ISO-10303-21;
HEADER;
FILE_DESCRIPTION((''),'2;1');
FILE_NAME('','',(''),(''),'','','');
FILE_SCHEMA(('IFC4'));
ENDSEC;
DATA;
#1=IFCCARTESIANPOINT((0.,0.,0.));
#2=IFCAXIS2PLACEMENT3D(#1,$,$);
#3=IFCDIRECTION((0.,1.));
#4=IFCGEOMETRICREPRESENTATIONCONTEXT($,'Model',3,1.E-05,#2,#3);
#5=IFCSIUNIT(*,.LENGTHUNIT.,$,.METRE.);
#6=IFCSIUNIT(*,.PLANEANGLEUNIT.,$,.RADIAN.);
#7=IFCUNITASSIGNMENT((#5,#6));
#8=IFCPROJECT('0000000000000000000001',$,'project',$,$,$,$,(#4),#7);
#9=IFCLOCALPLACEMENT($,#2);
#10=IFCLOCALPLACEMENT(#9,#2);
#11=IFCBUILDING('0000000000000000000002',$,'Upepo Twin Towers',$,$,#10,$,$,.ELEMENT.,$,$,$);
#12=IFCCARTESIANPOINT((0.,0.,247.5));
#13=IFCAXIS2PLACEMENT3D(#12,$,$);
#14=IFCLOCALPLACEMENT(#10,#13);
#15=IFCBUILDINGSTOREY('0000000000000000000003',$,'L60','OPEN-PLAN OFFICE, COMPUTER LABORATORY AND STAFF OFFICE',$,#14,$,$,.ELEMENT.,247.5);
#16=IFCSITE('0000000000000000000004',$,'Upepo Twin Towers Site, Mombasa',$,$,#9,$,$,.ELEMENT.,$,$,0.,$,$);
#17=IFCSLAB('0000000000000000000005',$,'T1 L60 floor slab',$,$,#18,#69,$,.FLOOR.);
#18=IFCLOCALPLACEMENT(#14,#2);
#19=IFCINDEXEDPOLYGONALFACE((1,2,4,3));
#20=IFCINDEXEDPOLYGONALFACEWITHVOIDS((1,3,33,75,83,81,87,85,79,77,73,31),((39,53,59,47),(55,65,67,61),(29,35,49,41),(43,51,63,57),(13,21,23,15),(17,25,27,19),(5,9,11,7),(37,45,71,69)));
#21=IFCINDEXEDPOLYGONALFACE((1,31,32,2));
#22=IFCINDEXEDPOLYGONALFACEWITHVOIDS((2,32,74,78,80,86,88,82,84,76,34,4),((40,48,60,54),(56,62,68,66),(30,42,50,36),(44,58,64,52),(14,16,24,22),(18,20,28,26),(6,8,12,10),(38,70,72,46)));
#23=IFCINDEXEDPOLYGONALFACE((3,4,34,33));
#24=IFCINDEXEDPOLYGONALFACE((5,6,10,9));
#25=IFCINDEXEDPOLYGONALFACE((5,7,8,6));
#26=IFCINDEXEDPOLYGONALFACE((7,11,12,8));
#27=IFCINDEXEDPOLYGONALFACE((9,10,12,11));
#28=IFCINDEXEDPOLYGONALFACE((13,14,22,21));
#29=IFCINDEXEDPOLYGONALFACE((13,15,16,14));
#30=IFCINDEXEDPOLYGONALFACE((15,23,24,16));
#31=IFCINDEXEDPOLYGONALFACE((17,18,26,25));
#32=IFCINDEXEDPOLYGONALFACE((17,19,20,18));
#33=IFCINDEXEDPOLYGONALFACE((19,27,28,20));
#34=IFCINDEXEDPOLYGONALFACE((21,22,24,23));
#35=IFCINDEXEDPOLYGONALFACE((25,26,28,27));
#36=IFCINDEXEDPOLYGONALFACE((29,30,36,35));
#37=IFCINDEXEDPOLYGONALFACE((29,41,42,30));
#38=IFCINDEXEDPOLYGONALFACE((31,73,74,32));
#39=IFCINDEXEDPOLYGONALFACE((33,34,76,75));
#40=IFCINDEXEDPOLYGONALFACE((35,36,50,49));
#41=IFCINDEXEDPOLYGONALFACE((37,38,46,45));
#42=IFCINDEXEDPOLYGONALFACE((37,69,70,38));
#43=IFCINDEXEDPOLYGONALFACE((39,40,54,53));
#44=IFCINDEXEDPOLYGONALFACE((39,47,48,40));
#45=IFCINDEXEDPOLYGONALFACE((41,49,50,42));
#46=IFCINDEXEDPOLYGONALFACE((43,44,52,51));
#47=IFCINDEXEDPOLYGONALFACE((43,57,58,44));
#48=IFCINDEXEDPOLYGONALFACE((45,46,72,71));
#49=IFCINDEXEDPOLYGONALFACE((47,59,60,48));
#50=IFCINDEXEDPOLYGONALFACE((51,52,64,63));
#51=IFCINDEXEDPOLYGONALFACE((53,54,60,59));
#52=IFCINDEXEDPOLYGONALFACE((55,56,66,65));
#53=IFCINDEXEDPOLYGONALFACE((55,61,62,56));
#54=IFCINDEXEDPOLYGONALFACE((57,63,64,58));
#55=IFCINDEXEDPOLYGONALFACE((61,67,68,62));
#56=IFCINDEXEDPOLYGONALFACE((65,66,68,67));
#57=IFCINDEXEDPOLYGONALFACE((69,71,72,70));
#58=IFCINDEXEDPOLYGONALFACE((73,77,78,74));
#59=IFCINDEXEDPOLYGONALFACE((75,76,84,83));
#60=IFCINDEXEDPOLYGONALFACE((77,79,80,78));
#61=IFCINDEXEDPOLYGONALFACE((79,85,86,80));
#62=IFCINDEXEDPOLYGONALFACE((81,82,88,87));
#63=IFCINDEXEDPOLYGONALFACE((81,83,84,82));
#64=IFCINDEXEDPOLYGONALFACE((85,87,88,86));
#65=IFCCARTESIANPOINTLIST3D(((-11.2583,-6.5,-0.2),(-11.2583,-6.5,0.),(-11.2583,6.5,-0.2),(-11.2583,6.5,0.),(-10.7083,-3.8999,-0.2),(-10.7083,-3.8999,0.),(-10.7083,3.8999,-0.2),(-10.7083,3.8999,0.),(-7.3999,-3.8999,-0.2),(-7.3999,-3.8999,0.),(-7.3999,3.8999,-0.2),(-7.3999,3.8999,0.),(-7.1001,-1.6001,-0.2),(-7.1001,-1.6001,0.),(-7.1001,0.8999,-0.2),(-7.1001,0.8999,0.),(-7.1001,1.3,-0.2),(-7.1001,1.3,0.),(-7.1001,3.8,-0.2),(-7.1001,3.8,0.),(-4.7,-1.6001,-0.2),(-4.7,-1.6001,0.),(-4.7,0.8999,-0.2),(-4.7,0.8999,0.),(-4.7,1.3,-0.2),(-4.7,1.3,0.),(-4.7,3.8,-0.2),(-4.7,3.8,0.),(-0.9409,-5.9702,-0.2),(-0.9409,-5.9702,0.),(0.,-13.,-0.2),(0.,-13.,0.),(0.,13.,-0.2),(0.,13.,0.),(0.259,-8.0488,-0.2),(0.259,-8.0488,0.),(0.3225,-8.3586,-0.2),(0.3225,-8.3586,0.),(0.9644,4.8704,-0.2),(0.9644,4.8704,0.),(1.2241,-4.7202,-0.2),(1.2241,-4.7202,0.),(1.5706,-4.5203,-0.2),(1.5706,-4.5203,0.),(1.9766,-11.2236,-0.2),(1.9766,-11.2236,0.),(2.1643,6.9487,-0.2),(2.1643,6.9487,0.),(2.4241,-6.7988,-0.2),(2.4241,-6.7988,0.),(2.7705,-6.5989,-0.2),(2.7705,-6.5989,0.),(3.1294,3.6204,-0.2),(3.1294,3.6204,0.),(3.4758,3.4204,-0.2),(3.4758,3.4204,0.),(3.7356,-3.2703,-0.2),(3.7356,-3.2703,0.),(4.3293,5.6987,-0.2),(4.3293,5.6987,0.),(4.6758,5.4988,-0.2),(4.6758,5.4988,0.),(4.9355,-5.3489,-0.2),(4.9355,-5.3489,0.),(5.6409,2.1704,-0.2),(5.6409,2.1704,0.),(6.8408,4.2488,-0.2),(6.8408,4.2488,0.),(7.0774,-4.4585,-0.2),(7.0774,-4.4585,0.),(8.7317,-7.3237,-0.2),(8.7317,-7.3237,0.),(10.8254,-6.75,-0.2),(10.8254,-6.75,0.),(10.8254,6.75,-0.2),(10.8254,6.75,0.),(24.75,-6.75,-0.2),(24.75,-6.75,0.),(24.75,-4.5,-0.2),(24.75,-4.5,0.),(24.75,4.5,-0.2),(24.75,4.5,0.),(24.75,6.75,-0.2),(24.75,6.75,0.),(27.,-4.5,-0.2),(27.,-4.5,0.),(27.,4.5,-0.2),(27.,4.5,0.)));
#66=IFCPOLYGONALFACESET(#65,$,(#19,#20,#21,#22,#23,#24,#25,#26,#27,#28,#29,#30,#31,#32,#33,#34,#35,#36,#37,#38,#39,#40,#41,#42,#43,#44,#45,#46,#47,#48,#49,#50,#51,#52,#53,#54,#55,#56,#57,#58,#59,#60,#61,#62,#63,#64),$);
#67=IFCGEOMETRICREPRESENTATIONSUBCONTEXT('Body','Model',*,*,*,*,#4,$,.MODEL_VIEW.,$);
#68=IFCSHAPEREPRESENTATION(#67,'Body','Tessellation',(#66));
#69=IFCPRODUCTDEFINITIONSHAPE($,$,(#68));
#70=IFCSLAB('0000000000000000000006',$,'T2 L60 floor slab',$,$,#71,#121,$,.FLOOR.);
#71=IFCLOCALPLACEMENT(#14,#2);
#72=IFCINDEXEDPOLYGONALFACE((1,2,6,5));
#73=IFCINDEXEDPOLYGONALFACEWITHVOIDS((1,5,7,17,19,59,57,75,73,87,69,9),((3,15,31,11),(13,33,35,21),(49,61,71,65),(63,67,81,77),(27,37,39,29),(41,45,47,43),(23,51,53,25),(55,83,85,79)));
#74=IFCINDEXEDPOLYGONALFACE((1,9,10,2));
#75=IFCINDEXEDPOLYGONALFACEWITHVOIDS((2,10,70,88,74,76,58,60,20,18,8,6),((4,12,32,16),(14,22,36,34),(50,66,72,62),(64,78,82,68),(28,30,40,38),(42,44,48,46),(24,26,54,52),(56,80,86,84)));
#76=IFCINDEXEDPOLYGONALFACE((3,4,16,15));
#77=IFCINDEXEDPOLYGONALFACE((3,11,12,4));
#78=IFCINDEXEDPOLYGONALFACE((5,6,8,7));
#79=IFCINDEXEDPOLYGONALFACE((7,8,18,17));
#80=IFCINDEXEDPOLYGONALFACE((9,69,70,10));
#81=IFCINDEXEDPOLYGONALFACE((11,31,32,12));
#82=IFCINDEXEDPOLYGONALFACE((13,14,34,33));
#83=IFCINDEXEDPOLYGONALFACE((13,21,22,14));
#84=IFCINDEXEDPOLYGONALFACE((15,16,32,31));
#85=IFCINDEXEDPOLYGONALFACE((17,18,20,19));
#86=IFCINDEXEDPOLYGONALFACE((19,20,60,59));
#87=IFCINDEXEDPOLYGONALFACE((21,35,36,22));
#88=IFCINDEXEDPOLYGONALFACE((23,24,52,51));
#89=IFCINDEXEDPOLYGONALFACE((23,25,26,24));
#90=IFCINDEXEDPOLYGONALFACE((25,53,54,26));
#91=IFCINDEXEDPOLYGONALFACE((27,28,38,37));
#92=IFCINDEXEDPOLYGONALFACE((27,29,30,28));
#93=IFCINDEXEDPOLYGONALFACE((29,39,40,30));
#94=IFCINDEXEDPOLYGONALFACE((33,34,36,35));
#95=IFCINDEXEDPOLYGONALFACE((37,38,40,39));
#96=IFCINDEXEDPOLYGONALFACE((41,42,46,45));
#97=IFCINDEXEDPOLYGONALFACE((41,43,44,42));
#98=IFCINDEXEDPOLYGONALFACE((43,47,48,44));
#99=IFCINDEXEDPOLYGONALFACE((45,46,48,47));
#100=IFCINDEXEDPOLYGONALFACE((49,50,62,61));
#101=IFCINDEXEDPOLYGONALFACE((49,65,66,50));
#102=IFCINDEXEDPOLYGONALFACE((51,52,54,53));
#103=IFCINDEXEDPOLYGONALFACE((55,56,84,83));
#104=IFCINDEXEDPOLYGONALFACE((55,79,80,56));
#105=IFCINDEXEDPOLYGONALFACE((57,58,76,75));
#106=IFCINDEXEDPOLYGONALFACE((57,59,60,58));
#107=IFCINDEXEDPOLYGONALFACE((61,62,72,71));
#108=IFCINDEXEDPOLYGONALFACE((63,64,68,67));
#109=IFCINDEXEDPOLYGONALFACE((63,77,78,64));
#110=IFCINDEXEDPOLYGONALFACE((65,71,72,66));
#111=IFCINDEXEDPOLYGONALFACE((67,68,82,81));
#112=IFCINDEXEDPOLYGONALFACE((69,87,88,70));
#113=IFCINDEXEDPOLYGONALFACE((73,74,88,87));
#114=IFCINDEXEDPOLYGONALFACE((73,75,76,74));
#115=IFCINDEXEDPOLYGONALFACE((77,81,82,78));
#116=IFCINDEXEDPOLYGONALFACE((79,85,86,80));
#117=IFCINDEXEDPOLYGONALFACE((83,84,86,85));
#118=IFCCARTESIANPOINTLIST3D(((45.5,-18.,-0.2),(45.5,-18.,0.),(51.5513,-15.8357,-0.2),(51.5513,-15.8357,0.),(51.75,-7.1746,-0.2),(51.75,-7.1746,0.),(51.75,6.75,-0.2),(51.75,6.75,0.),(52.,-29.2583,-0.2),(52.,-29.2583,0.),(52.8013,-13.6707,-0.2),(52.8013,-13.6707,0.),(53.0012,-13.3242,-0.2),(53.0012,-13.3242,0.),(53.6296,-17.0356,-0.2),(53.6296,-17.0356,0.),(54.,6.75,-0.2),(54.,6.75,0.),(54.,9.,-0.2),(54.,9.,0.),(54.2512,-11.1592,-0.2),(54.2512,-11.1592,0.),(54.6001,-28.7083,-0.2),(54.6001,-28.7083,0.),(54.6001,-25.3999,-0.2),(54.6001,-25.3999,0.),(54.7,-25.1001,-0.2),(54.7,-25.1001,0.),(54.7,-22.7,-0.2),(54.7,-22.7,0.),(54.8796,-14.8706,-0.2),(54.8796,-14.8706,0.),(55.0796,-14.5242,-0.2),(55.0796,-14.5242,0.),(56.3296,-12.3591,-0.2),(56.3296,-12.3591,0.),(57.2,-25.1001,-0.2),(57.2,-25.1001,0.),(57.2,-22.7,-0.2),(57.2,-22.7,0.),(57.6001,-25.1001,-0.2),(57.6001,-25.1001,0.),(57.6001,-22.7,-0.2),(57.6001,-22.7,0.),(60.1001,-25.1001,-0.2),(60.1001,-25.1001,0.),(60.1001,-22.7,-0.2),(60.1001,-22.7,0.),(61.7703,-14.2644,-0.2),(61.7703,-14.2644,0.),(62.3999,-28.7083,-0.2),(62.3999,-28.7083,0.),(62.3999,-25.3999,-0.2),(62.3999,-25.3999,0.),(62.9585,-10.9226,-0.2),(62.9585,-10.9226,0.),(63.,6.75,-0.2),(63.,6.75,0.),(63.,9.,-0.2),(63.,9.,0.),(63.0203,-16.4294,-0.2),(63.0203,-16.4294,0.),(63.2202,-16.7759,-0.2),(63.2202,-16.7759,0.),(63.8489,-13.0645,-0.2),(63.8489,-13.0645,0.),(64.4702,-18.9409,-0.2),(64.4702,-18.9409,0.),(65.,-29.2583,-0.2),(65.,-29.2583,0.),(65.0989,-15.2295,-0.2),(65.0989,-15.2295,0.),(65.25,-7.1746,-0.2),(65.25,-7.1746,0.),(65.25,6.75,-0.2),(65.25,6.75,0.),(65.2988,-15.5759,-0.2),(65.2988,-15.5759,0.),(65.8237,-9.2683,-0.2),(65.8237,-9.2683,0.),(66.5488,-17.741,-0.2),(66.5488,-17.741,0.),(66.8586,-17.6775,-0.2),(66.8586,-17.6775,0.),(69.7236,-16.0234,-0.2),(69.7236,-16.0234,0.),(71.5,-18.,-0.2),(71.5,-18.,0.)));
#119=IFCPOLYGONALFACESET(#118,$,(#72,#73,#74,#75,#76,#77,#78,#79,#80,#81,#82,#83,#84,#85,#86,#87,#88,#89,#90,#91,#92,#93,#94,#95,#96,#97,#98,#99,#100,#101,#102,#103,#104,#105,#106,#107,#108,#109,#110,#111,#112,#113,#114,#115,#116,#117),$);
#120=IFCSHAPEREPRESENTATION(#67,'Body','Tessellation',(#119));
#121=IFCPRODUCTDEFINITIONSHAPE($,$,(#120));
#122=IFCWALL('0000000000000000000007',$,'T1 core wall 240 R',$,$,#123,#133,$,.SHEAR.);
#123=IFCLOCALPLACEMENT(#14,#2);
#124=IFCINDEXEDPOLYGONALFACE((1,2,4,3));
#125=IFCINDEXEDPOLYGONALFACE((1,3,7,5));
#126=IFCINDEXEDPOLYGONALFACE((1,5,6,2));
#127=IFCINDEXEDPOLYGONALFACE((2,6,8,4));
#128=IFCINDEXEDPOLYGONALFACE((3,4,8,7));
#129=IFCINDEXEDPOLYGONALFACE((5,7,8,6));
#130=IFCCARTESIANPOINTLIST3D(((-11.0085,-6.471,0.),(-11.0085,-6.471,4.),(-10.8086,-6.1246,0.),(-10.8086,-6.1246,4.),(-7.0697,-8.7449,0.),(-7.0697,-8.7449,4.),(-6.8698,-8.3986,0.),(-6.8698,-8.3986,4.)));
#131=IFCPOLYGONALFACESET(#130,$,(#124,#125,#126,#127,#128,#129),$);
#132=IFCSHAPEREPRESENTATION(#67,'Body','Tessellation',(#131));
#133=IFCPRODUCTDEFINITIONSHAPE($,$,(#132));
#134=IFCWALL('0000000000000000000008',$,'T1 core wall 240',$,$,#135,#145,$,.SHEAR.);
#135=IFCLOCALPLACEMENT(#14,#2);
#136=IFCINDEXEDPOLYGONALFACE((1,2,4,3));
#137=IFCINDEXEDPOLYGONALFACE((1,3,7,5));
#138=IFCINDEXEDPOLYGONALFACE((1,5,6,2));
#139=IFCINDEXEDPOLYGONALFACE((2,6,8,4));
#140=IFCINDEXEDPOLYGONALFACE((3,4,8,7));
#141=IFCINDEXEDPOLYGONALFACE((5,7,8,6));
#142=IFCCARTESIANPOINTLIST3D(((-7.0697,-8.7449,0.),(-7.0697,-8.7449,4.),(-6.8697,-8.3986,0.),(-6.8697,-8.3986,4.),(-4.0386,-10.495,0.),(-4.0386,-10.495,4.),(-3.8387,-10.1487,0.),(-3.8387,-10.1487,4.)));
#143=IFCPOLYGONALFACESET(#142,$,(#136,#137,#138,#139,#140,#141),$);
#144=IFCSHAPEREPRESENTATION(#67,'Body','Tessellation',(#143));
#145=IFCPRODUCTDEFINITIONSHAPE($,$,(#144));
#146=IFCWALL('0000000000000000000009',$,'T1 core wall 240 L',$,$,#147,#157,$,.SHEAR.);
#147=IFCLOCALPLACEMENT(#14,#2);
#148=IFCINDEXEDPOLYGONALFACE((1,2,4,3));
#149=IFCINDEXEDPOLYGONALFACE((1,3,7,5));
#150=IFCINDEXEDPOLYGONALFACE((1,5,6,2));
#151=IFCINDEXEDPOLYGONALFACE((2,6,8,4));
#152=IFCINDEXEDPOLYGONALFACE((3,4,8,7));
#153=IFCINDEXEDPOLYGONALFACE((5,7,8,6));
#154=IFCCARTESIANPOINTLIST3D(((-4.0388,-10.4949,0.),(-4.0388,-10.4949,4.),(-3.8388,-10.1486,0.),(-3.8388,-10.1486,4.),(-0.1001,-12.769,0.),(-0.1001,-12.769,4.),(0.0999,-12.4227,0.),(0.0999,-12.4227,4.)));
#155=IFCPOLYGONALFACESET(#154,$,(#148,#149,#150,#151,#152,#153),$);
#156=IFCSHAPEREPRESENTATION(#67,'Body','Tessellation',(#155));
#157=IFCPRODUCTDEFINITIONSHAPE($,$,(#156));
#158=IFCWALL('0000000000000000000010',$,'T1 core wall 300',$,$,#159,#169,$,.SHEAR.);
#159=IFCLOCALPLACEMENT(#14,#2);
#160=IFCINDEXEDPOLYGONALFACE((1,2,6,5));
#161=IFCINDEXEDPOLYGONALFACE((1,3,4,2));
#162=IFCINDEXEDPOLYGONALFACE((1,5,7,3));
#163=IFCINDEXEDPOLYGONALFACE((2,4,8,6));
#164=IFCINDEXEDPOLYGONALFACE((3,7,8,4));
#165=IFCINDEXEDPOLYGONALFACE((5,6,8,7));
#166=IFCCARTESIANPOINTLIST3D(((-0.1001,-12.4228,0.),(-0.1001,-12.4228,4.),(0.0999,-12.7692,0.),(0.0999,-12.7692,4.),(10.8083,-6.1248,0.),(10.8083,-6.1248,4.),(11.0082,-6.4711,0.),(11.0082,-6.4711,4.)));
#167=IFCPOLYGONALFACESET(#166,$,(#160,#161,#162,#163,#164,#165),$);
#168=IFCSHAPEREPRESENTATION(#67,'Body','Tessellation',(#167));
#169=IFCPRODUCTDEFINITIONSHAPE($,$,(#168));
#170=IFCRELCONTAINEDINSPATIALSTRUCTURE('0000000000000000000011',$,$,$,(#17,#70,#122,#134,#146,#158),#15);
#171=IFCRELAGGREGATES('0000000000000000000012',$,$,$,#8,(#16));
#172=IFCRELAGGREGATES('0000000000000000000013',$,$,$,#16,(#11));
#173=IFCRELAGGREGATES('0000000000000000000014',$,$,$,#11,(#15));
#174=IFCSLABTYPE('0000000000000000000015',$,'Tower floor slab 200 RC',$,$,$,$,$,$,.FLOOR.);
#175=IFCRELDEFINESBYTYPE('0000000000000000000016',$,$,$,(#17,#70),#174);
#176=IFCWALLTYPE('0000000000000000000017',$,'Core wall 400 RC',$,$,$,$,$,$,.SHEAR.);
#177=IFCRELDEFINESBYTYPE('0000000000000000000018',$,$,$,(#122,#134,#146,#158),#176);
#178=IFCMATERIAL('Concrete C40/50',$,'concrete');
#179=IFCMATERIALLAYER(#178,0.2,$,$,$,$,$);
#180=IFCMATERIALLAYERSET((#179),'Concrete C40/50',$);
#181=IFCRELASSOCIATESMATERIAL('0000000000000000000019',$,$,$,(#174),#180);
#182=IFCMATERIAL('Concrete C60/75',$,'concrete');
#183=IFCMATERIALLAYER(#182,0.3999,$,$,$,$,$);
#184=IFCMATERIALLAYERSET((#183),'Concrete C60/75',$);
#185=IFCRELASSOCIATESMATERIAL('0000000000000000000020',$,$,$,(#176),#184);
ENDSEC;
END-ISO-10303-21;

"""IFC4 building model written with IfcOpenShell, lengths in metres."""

from ifc_helpers import new_model, si_unit, direction, frame, frame_2d, origin, place, context, subcontext, project, spatial, polyline, rectangle, outline, extrude, material, layer, layer_set, type_object, element, save


model = new_model("IFC4")

# Units and contexts
model_context = context("Model", 3, precision=1e-05, world=origin(), true_north=direction((0.0, 1.0)))
body_context = subcontext(model_context, "Body", "Model", "MODEL_VIEW")
ifc_project = project(units=[si_unit("LENGTHUNIT", "METRE"), si_unit("PLANEANGLEUNIT", "RADIAN")], contexts=[model_context])

# Site, building, storey
site_placement = place(None, origin())
site = spatial("IfcSite", under=ifc_project, at=site_placement, Name="Upepo Twin Towers Site, Mombasa", CompositionType="ELEMENT", RefElevation=0.0)
building_placement = place(site_placement, origin())
building = spatial("IfcBuilding", under=site, at=building_placement, Name="Upepo Twin Towers", CompositionType="ELEMENT")
storey_placement = place(building_placement, frame((0.0, 0.0, 247.5)))
storey = spatial("IfcBuildingStorey", under=building, at=storey_placement, Name="L60", Description="OPEN-PLAN OFFICE, COMPUTER LABORATORY AND STAFF OFFICE", CompositionType="ELEMENT", Elevation=247.5)

# Slabs
ifc_material_1 = material(Name="Concrete C40/50", Category="concrete")
ifc_layer_1 = layer(ifc_material_1, 0.2)
ifc_layer_set_1 = layer_set([ifc_layer_1], Name="Concrete C40/50")
slab_type = type_object("IfcSlabType", Name="Tower floor slab 200 RC", PredefinedType="FLOOR", material=ifc_layer_set_1)
slab_1_placement = place(storey_placement, frame((0.0, 0.0, -0.2)))
element("IfcSlab", 1, at=slab_1_placement, inside=storey, type_object=slab_type, Name="T1 L60 floor slab", PredefinedType="FLOOR", context=body_context, shape_type="SweptSolid", body=[
    extrude(outline(polyline([(0.0, -13.0), (-11.2583, -6.5), (-11.2583, 6.5), (0.0, 13.0), (10.8254, 6.75), (24.75, 6.75), (24.75, 4.5), (27.0, 4.5), (27.0, -4.5), (24.75, -4.5), (24.75, -6.75), (10.8254, -6.75), (0.0, -13.0)]), holes=[polyline([(5.6409, 2.1704), (6.8408, 4.2488), (4.6758, 5.4988), (3.4758, 3.4204), (5.6409, 2.1704)]), polyline([(3.1294, 3.6204), (4.3293, 5.6987), (2.1643, 6.9487), (0.9644, 4.8704), (3.1294, 3.6204)]), polyline([(-4.7, 3.8), (-7.1001, 3.8), (-7.1001, 1.3), (-4.7, 1.3), (-4.7, 3.8)]), polyline([(-4.7, 0.8999), (-7.1001, 0.8999), (-7.1001, -1.6001), (-4.7, -1.6001), (-4.7, 0.8999)]), polyline([(-7.3999, 3.8999), (-10.7083, 3.8999), (-10.7083, -3.8999), (-7.3999, -3.8999), (-7.3999, 3.8999)]), polyline([(-0.9409, -5.9702), (0.259, -8.0488), (2.4241, -6.7988), (1.2241, -4.7202), (-0.9409, -5.9702)]), polyline([(1.5706, -4.5203), (2.7705, -6.5989), (4.9355, -5.3489), (3.7356, -3.2703), (1.5706, -4.5203)]), polyline([(0.3225, -8.3586), (1.9766, -11.2236), (8.7317, -7.3237), (7.0774, -4.4585), (0.3225, -8.3586)])]), origin(), (0.0, 0.0, 1.0), 0.2),
])
slab_2_placement = place(storey_placement, frame((0.0, 0.0, -0.2)))
element("IfcSlab", 2, at=slab_2_placement, inside=storey, type_object=slab_type, Name="T2 L60 floor slab", PredefinedType="FLOOR", context=body_context, shape_type="SweptSolid", body=[
    extrude(outline(polyline([(71.5, -18.0), (65.0, -29.2583), (52.0, -29.2583), (45.5, -18.0), (51.75, -7.1746), (51.75, 6.75), (54.0, 6.75), (54.0, 9.0), (63.0, 9.0), (63.0, 6.75), (65.25, 6.75), (65.25, -7.1746), (71.5, -18.0)]), holes=[polyline([(56.3296, -12.3591), (54.2512, -11.1592), (53.0012, -13.3242), (55.0796, -14.5242), (56.3296, -12.3591)]), polyline([(54.8796, -14.8706), (52.8013, -13.6707), (51.5513, -15.8357), (53.6296, -17.0356), (54.8796, -14.8706)]), polyline([(54.7, -22.7), (54.7, -25.1001), (57.2, -25.1001), (57.2, -22.7), (54.7, -22.7)]), polyline([(57.6001, -22.7), (57.6001, -25.1001), (60.1001, -25.1001), (60.1001, -22.7), (57.6001, -22.7)]), polyline([(54.6001, -25.3999), (54.6001, -28.7083), (62.3999, -28.7083), (62.3999, -25.3999), (54.6001, -25.3999)]), polyline([(64.4702, -18.9409), (66.5488, -17.741), (65.2988, -15.5759), (63.2202, -16.7759), (64.4702, -18.9409)]), polyline([(63.0203, -16.4294), (65.0989, -15.2295), (63.8489, -13.0645), (61.7703, -14.2644), (63.0203, -16.4294)]), polyline([(66.8586, -17.6775), (69.7236, -16.0234), (65.8237, -9.2683), (62.9585, -10.9226), (66.8586, -17.6775)])]), origin(), (0.0, 0.0, 1.0), 0.2),
])

# Walls
ifc_material_2 = material(Name="Concrete C60/75", Category="concrete")
ifc_layer_2 = layer(ifc_material_2, 0.3999)
ifc_layer_set_2 = layer_set([ifc_layer_2], Name="Concrete C60/75")
wall_type_1 = type_object("IfcWallType", Name="Core wall 400 RC", PredefinedType="SHEAR", material=ifc_layer_set_2)
wall_1_placement = place(storey_placement, frame((-10.9084, -6.2979, 0.0), z_axis=(0.0, 0.0, 1.0), x_axis=(0.866035, -0.499984, 0.0)))
element("IfcWall", 3, at=wall_1_placement, inside=storey, type_object=wall_type_1, Name="T1 core wall 240 R", PredefinedType="SHEAR", context=body_context, shape_type="SweptSolid", body=[
    extrude(rectangle(XDim=4.5481, YDim=0.3999, at=frame_2d((2.2739, 0.0))), origin(), (0.0, 0.0, 1.0), 4.0),
])
wall_2_placement = place(storey_placement, frame((-6.9697, -8.5718, 0.0), z_axis=(0.0, 0.0, 1.0), x_axis=(0.866019, -0.50001, 0.0)))
element("IfcWall", 4, at=wall_2_placement, inside=storey, type_object=wall_type_1, Name="T1 core wall 240", PredefinedType="SHEAR", context=body_context, shape_type="SweptSolid", body=[
    extrude(rectangle(XDim=3.5, YDim=0.3999, at=frame_2d((1.75, 0.0))), origin(), (0.0, 0.0, 1.0), 4.0),
])
wall_3_placement = place(storey_placement, frame((-3.9387, -10.3218, 0.0), z_axis=(0.0, 0.0, 1.0), x_axis=(0.866011, -0.500024, 0.0)))
element("IfcWall", 5, at=wall_3_placement, inside=storey, type_object=wall_type_1, Name="T1 core wall 240 L", PredefinedType="SHEAR", context=body_context, shape_type="SweptSolid", body=[
    extrude(rectangle(XDim=4.5481, YDim=0.3999, at=frame_2d((2.2739, 0.0))), origin(), (0.0, 0.0, 1.0), 4.0),
])
wall_4_placement = place(storey_placement, frame((0.0, -12.5959, 0.0), z_axis=(0.0, 0.0, 1.0), x_axis=(0.866022, 0.500006, 0.0)))
element("IfcWall", 6, at=wall_4_placement, inside=storey, type_object=wall_type_1, Name="T1 core wall 300", PredefinedType="SHEAR", context=body_context, shape_type="SweptSolid", body=[
    extrude(rectangle(XDim=12.5959, YDim=0.3999, at=frame_2d((6.2979, 0.0))), origin(), (0.0, 0.0, 1.0), 4.0),
])

save(model, "model.ifc")
